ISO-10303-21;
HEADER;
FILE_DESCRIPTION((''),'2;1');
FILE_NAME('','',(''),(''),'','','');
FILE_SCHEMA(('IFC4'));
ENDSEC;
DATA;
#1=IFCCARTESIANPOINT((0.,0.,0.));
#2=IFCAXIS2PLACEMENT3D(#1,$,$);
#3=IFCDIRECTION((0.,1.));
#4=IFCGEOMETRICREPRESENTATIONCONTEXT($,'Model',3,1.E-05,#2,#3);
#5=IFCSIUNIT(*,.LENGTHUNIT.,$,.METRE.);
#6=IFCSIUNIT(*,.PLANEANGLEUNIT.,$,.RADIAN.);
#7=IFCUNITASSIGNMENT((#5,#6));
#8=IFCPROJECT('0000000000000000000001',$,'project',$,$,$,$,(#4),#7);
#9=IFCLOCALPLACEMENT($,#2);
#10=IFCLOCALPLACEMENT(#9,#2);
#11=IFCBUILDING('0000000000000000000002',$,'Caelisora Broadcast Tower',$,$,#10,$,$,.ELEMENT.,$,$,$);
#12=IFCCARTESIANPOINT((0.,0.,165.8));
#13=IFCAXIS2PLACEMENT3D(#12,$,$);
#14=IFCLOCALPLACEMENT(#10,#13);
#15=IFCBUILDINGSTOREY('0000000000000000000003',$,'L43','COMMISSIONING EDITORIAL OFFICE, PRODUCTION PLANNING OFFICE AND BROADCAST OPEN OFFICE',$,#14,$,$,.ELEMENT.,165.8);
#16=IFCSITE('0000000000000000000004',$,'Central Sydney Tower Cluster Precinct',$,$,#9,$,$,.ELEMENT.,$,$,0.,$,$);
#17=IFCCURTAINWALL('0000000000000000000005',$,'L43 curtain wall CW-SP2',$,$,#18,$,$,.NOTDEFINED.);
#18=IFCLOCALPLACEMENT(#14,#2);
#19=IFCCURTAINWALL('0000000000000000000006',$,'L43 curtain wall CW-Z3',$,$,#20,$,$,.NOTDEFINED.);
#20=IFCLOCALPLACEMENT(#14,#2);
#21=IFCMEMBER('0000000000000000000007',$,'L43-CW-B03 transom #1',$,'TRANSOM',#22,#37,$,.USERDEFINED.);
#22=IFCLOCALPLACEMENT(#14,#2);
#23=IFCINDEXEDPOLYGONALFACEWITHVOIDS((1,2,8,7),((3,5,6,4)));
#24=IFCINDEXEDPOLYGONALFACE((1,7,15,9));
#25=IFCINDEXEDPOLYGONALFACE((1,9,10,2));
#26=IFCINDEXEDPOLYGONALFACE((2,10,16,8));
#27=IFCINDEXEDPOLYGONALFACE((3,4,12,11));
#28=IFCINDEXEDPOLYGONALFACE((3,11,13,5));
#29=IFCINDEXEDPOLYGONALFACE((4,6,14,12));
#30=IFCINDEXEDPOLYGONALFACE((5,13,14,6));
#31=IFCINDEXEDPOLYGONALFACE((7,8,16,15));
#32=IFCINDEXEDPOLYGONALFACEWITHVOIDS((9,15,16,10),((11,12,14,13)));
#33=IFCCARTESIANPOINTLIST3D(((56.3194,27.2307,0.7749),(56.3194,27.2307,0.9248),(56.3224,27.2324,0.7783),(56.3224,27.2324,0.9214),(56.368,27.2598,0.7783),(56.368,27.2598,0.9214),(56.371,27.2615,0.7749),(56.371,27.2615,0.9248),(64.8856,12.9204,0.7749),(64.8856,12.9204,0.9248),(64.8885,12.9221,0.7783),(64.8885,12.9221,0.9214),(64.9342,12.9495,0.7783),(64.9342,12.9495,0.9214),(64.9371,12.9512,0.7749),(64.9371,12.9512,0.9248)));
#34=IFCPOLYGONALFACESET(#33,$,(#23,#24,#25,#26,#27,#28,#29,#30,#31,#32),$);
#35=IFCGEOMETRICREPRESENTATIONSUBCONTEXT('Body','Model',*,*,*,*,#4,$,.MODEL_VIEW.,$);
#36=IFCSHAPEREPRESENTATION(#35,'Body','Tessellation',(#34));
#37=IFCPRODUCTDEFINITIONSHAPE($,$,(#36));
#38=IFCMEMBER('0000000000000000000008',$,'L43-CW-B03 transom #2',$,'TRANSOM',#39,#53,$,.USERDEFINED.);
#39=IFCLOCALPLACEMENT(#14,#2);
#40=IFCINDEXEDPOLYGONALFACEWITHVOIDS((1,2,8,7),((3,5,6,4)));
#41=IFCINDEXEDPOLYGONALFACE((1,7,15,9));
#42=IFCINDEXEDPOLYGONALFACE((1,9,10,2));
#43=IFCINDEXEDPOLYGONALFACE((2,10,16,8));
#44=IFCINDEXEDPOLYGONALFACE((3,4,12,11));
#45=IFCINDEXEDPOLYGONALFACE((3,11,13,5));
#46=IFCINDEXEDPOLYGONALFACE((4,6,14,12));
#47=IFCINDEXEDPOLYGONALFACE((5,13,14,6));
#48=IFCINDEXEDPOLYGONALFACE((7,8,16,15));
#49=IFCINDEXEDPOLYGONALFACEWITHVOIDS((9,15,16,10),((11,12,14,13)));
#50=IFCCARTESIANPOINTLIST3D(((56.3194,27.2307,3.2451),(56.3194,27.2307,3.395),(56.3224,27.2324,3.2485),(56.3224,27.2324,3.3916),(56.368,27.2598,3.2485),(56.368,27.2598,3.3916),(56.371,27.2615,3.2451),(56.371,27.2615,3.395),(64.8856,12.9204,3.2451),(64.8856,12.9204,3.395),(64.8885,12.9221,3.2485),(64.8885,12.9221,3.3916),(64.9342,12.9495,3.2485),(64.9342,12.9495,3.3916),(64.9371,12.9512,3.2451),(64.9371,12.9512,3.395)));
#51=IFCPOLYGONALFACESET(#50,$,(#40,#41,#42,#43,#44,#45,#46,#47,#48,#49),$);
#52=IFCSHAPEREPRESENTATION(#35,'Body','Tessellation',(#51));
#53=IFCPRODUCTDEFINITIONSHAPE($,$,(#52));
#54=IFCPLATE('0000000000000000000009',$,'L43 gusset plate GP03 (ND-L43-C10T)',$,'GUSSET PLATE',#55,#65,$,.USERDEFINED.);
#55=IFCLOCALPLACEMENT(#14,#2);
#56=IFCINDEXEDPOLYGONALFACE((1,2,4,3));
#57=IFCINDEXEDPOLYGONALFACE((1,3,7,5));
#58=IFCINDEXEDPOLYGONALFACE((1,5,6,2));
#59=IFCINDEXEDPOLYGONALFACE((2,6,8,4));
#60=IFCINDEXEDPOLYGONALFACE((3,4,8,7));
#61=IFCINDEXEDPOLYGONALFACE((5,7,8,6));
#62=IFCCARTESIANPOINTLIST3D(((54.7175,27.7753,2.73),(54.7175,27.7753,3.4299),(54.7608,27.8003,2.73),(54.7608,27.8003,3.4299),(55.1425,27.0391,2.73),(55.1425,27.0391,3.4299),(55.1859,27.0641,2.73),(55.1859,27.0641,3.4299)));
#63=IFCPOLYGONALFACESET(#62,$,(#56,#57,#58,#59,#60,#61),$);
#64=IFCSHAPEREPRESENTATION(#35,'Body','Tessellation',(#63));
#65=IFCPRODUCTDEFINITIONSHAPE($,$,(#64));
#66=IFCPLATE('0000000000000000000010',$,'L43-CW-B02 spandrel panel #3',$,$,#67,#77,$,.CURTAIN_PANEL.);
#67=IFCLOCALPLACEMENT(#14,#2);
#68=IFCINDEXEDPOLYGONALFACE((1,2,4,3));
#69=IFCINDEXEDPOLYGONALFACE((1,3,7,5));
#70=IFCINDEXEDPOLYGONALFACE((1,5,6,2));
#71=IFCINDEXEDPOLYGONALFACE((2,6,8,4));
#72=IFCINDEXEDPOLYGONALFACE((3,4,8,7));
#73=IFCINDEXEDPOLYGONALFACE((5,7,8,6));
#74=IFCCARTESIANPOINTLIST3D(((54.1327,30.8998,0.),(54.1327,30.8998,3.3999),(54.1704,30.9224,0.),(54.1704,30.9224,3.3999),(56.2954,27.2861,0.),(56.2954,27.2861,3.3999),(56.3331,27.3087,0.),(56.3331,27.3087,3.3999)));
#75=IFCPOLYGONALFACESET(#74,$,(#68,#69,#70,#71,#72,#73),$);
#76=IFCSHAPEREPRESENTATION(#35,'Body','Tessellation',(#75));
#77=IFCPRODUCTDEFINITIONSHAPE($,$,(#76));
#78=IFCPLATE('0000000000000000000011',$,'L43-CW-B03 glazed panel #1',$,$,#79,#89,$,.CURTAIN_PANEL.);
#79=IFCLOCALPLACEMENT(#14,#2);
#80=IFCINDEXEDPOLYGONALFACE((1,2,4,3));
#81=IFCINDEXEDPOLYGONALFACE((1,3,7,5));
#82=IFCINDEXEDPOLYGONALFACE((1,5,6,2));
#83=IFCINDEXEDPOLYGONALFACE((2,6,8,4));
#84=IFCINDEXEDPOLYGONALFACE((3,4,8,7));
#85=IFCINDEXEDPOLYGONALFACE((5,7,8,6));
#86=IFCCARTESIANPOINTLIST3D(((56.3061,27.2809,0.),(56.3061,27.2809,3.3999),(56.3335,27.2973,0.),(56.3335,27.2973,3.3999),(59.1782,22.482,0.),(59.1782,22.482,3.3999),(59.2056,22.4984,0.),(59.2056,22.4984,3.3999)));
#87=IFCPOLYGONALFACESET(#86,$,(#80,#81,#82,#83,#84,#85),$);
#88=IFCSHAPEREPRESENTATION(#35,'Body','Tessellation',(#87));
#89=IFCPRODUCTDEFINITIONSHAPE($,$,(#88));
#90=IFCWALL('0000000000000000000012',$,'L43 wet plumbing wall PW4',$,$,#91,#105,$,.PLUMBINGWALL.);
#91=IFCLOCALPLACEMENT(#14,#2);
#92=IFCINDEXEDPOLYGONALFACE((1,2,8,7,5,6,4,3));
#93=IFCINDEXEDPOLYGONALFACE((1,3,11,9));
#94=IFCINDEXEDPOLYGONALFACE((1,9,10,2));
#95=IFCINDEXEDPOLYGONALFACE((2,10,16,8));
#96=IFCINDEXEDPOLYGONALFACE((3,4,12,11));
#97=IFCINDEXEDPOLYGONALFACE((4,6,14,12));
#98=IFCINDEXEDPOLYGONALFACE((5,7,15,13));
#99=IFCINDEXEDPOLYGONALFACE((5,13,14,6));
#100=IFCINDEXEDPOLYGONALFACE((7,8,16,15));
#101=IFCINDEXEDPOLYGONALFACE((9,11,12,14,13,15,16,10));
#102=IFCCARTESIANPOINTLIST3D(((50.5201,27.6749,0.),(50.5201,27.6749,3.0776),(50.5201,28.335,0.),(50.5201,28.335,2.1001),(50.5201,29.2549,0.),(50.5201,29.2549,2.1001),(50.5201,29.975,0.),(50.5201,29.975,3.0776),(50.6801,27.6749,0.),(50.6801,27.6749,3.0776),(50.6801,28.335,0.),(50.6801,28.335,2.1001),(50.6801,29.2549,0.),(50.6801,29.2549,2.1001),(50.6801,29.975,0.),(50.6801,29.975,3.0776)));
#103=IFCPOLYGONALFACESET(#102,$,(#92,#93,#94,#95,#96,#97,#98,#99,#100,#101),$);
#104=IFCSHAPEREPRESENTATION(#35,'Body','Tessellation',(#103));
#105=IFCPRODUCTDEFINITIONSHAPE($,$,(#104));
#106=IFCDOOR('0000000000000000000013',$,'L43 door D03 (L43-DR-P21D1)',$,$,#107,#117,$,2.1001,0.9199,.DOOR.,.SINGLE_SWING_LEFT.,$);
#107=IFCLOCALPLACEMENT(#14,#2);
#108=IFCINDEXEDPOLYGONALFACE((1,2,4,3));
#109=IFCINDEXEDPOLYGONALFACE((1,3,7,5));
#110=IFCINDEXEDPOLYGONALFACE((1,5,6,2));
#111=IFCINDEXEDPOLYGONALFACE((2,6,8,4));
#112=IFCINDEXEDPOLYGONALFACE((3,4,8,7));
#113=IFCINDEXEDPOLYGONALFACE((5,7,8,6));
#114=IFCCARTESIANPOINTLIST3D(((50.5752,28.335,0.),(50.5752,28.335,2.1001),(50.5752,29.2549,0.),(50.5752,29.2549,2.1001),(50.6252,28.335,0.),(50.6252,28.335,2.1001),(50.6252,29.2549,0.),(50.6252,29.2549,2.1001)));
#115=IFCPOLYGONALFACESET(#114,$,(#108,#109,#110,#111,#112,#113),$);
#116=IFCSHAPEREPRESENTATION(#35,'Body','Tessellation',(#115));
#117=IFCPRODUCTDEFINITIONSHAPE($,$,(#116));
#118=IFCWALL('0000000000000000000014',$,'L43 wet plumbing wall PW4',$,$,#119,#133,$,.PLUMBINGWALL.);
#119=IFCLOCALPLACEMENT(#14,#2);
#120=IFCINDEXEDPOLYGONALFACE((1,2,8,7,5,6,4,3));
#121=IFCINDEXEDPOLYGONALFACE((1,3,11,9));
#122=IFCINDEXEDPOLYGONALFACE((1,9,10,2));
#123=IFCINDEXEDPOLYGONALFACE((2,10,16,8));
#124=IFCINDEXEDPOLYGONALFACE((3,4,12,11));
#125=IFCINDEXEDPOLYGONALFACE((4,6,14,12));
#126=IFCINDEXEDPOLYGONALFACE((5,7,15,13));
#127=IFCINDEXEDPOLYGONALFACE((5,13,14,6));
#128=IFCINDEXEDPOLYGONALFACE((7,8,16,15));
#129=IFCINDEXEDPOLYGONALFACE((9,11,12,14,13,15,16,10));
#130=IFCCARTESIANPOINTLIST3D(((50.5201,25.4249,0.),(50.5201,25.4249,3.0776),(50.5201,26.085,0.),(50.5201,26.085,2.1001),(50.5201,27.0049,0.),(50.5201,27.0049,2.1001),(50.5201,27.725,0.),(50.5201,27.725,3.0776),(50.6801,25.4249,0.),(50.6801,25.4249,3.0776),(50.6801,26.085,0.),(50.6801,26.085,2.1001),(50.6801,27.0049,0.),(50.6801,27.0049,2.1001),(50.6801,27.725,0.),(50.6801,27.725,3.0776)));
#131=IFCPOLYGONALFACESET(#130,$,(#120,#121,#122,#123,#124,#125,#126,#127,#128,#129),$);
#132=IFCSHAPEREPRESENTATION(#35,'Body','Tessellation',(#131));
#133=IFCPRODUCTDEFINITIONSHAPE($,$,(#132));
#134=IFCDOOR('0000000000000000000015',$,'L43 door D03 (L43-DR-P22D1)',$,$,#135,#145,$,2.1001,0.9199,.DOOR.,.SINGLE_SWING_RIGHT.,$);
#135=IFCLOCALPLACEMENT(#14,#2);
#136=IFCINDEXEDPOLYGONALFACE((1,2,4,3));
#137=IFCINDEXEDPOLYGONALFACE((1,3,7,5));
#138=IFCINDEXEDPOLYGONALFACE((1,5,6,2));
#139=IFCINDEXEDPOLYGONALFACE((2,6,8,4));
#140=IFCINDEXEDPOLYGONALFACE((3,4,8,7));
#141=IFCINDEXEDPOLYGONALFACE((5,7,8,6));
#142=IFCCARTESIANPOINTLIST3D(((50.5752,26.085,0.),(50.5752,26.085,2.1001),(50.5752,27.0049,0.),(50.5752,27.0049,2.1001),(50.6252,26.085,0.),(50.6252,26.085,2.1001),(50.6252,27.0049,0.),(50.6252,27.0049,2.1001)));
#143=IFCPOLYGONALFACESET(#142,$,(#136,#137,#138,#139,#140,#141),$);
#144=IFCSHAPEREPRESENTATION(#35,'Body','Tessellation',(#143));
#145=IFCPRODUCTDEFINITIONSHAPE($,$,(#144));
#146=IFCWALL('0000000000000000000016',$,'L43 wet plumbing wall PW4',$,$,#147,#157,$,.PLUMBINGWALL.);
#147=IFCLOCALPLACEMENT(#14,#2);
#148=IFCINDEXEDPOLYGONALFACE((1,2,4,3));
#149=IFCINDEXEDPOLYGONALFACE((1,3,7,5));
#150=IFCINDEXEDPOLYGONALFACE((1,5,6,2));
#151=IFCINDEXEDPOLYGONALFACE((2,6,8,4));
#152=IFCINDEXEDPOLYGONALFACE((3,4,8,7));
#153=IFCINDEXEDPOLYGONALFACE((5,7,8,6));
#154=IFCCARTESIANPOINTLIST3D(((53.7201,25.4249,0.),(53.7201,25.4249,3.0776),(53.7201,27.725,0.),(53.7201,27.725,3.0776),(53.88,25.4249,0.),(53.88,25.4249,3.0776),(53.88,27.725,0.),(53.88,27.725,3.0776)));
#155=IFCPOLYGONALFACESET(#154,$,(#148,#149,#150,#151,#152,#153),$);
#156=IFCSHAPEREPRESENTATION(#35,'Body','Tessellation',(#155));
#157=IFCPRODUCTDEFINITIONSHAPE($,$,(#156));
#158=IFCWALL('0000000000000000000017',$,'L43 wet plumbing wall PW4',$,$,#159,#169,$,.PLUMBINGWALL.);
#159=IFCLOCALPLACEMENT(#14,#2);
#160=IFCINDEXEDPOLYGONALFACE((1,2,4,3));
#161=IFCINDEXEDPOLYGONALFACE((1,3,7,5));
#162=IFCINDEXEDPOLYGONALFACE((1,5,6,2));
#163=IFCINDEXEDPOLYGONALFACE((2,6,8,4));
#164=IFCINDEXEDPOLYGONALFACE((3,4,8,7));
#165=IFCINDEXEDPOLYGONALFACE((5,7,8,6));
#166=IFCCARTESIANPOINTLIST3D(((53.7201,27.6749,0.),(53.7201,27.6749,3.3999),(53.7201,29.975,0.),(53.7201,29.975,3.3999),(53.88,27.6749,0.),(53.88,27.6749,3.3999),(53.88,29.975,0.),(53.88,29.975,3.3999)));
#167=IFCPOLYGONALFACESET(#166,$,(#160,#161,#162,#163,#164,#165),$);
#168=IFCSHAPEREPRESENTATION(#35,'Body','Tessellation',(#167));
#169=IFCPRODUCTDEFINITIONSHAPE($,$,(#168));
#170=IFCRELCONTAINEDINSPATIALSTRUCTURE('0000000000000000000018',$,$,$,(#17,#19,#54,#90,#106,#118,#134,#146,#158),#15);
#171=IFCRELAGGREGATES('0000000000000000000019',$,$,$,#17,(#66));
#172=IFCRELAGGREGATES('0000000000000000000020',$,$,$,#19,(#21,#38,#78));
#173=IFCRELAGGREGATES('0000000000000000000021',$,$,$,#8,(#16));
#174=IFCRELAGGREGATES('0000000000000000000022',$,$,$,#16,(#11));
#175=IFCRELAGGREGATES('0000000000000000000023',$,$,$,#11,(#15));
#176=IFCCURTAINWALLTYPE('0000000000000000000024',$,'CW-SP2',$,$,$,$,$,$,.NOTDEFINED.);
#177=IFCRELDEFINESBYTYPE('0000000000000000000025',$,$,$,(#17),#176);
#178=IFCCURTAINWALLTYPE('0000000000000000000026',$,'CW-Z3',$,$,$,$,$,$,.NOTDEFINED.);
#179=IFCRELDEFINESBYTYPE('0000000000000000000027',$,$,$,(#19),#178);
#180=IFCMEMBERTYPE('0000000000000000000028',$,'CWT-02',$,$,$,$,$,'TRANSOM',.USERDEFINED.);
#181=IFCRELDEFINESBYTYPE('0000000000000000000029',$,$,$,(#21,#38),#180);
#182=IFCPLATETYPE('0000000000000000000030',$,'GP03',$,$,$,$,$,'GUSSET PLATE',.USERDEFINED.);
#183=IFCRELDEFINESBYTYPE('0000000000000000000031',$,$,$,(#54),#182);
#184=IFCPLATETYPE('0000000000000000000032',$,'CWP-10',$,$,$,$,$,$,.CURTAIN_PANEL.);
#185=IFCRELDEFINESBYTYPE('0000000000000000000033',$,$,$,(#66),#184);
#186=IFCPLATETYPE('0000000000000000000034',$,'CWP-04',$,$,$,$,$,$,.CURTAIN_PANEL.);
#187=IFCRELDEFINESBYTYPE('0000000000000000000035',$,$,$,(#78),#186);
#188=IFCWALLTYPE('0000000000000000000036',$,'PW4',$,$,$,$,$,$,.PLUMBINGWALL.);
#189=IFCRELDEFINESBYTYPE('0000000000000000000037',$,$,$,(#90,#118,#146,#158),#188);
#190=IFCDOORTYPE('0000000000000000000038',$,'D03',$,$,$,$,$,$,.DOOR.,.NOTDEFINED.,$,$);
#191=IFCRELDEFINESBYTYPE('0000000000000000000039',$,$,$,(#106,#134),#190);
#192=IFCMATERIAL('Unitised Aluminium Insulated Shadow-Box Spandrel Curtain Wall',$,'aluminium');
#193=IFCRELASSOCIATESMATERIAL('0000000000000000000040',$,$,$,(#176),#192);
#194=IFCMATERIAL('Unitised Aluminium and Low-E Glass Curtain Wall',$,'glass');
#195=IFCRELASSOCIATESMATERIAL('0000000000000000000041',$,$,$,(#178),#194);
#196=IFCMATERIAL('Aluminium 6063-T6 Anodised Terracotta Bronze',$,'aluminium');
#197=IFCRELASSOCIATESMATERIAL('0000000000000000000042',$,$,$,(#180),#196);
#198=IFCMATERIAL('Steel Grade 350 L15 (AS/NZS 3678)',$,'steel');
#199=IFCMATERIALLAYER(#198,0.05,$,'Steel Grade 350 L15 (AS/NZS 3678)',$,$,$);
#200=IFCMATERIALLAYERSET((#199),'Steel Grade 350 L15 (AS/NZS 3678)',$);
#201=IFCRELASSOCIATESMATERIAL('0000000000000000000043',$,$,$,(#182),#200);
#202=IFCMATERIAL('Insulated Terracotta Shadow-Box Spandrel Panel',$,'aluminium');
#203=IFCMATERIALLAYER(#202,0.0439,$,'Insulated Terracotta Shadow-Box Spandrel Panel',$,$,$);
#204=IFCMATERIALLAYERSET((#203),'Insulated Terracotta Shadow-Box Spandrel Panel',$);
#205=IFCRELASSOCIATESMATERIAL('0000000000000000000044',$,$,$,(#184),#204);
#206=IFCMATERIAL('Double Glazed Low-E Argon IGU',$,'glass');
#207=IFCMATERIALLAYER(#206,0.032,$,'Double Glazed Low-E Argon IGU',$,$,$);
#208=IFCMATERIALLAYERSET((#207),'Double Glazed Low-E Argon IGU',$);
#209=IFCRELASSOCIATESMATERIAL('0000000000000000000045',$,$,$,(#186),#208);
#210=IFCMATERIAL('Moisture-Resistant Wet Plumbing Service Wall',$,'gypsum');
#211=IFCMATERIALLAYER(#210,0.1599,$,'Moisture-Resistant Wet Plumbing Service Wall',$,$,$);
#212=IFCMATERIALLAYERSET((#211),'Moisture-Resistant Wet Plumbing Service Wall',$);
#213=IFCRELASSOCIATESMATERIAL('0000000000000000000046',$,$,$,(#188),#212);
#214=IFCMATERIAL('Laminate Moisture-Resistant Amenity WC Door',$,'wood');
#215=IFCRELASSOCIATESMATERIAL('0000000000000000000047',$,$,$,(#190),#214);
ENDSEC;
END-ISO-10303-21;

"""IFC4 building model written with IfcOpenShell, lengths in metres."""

from ifc_helpers import new_model, si_unit, direction, frame, frame_2d, origin, origin_2d, place, context, subcontext, project, spatial, rectangle, hollow_rectangle, extrude, source, transform, mapped, material, layer, layer_set, material_profile, profile_set, type_object, type_shapes, element, fill, aggregate, save


model = new_model("IFC4")

# Units and contexts
model_context = context("Model", 3, precision=1e-05, world=origin(), true_north=direction((0.0, 1.0)))
body_context = subcontext(model_context, "Body", "Model", "MODEL_VIEW")
ifc_project = project(units=[si_unit("LENGTHUNIT", "METRE"), si_unit("PLANEANGLEUNIT", "RADIAN")], contexts=[model_context])

# Site, building, storey
site_placement = place(None, origin())
site = spatial("IfcSite", under=ifc_project, at=site_placement, Name="Central Sydney Tower Cluster Precinct", CompositionType="ELEMENT", RefElevation=0.0)
building_placement = place(site_placement, origin())
building = spatial("IfcBuilding", under=site, at=building_placement, Name="Caelisora Broadcast Tower", CompositionType="ELEMENT")
storey_placement = place(building_placement, frame((0.0, 0.0, 165.8)))
storey = spatial("IfcBuildingStorey", under=building, at=storey_placement, Name="L43", Description="COMMISSIONING EDITORIAL OFFICE, PRODUCTION PLANNING OFFICE AND BROADCAST OPEN OFFICE", CompositionType="ELEMENT", Elevation=165.8)

# Shared definitions
ifc_material_1 = material(Name="Steel Grade 350 L15 (AS/NZS 3678)", Category="steel")

# Curtain wall
ifc_material_2 = material(Name="Unitised Aluminium Insulated Shadow-Box Spandrel Curtain Wall", Category="aluminium")
curtain_wall_type_1 = type_object("IfcCurtainWallType", Name="CW-SP2", PredefinedType="NOTDEFINED", material=ifc_material_2)
curtain_wall_1_placement = place(storey_placement, origin())
curtain_wall_1 = element("IfcCurtainWall", 1, at=curtain_wall_1_placement, inside=storey, type_object=curtain_wall_type_1, Name="L43 curtain wall CW-SP2", PredefinedType="NOTDEFINED")
ifc_material_3 = material(Name="Aluminium 6063-T6 Anodised Terracotta Bronze", Category="aluminium")

# Curtain wall, members
ifc_material_4 = material(Name="Unitised Aluminium and Low-E Glass Curtain Wall", Category="glass")
curtain_wall_type_2 = type_object("IfcCurtainWallType", Name="CW-Z3", PredefinedType="NOTDEFINED", material=ifc_material_4)
curtain_wall_2_placement = place(storey_placement, origin())
curtain_wall_2 = element("IfcCurtainWall", 2, at=curtain_wall_2_placement, inside=storey, type_object=curtain_wall_type_2, Name="L43 curtain wall CW-Z3", PredefinedType="NOTDEFINED")
ifc_material_profile_1 = material_profile(ifc_material_3, hollow_rectangle(XDim=0.0601, YDim=0.1499, WallThickness=0.0034, at=origin_2d()), Name="Aluminium 6063-T6 Anodised Terracotta Bronze")
ifc_profile_set_1 = profile_set([ifc_material_profile_1], Name="Aluminium 6063-T6 Anodised Terracotta Bronze")
member_type_1 = type_object("IfcMemberType", Name="CWT-02", ElementType="TRANSOM", PredefinedType="USERDEFINED", material=ifc_profile_set_1)
shared_shape_1 = source(origin(), body_context, "Body", "SweptSolid", [
    extrude(hollow_rectangle(XDim=0.0601, YDim=0.1499, WallThickness=0.0034, at=origin_2d()), origin(), (0.0, 0.0, 1.0), 16.6782),
])
type_shapes(member_type_1, [shared_shape_1])
member_1_placement = place(storey_placement, frame((56.3452, 27.2461, 0.8499), z_axis=(0.513613, -0.858022, 0.0), x_axis=(0.858022, 0.513613, 0.0)))
member_1 = element("IfcMember", 3, at=member_1_placement, type_object=member_type_1, Name="L43-CW-B03 transom #1", ObjectType="TRANSOM", PredefinedType="USERDEFINED", context=body_context, shape_type="MappedRepresentation", body=[
    mapped(shared_shape_1, transform((0.0, 0.0, 0.0), scale=1.0)),
])
member_2_placement = place(storey_placement, frame((56.3452, 27.2461, 3.3201), z_axis=(0.513613, -0.858022, 0.0), x_axis=(0.858022, 0.513613, 0.0)))
member_2 = element("IfcMember", 4, at=member_2_placement, type_object=member_type_1, Name="L43-CW-B03 transom #2", ObjectType="TRANSOM", PredefinedType="USERDEFINED", context=body_context, shape_type="MappedRepresentation", body=[
    mapped(shared_shape_1, transform((0.0, 0.0, 0.0), scale=1.0)),
])

# Plates
ifc_layer_1 = layer(ifc_material_1, 0.05, Name="Steel Grade 350 L15 (AS/NZS 3678)")
ifc_layer_set_1 = layer_set([ifc_layer_1], Name="Steel Grade 350 L15 (AS/NZS 3678)")
plate_type_1 = type_object("IfcPlateType", Name="GP03", ElementType="GUSSET PLATE", PredefinedType="USERDEFINED", material=ifc_layer_set_1)
shared_shape_2 = source(origin(), body_context, "Body", "SweptSolid", [
    extrude(rectangle(XDim=0.8501, YDim=0.05, at=origin_2d()), origin(), (0.0, 0.0, 1.0), 0.7),
])
type_shapes(plate_type_1, [shared_shape_2])
plate_1_placement = place(storey_placement, frame((54.9517, 27.4197, 2.73), z_axis=(0.0, 0.0, 1.0), x_axis=(-0.5, 0.866025, 0.0)))
element("IfcPlate", 5, at=plate_1_placement, inside=storey, type_object=plate_type_1, Name="L43 gusset plate GP03 (ND-L43-C10T)", ObjectType="GUSSET PLATE", PredefinedType="USERDEFINED", context=body_context, shape_type="MappedRepresentation", body=[
    mapped(shared_shape_2, transform((0.0, 0.0, 0.0), scale=1.0)),
])
ifc_material_5 = material(Name="Insulated Terracotta Shadow-Box Spandrel Panel", Category="aluminium")
ifc_layer_2 = layer(ifc_material_5, 0.0439, Name="Insulated Terracotta Shadow-Box Spandrel Panel")
ifc_layer_set_2 = layer_set([ifc_layer_2], Name="Insulated Terracotta Shadow-Box Spandrel Panel")
plate_type_2 = type_object("IfcPlateType", Name="CWP-10", PredefinedType="CURTAIN_PANEL", material=ifc_layer_set_2)
shared_shape_3 = source(origin(), body_context, "Body", "SweptSolid", [
    extrude(rectangle(XDim=4.2114, YDim=0.0439, at=origin_2d()), origin(), (0.0, 0.0, 1.0), 3.3999),
])
type_shapes(plate_type_2, [shared_shape_3])
plate_2_placement = place(storey_placement, frame((55.2329, 29.1042, 0.0), z_axis=(0.0, 0.0, 1.0), x_axis=(0.513541, -0.858065, 0.0)))
plate_2 = element("IfcPlate", 6, at=plate_2_placement, type_object=plate_type_2, Name="L43-CW-B02 spandrel panel #3", PredefinedType="CURTAIN_PANEL", context=body_context, shape_type="MappedRepresentation", body=[
    mapped(shared_shape_3, transform((0.0, 0.0, 0.0), scale=1.0)),
])
aggregate(curtain_wall_1, [plate_2])
ifc_material_6 = material(Name="Double Glazed Low-E Argon IGU", Category="glass")
ifc_layer_3 = layer(ifc_material_6, 0.032, Name="Double Glazed Low-E Argon IGU")
ifc_layer_set_3 = layer_set([ifc_layer_3], Name="Double Glazed Low-E Argon IGU")
plate_type_3 = type_object("IfcPlateType", Name="CWP-04", PredefinedType="CURTAIN_PANEL", material=ifc_layer_set_3)
shared_shape_4 = source(origin(), body_context, "Body", "SweptSolid", [
    extrude(rectangle(XDim=5.5928, YDim=0.032, at=origin_2d()), origin(), (0.0, 0.0, 1.0), 3.3999),
])
type_shapes(plate_type_3, [shared_shape_4])
plate_3_placement = place(storey_placement, frame((57.7559, 24.8896, 0.0), z_axis=(0.0, 0.0, 1.0), x_axis=(0.513541, -0.858065, 0.0)))
plate_3 = element("IfcPlate", 7, at=plate_3_placement, type_object=plate_type_3, Name="L43-CW-B03 glazed panel #1", PredefinedType="CURTAIN_PANEL", context=body_context, shape_type="MappedRepresentation", body=[
    mapped(shared_shape_4, transform((0.0, 0.0, 0.0), scale=1.0)),
])
aggregate(curtain_wall_2, [member_1, member_2, plate_3])

# Walls, openings, doors
ifc_material_7 = material(Name="Moisture-Resistant Wet Plumbing Service Wall", Category="gypsum")
ifc_layer_4 = layer(ifc_material_7, 0.1599, Name="Moisture-Resistant Wet Plumbing Service Wall")
ifc_layer_set_4 = layer_set([ifc_layer_4], Name="Moisture-Resistant Wet Plumbing Service Wall")
wall_type = type_object("IfcWallType", Name="PW4", PredefinedType="PLUMBINGWALL", material=ifc_layer_set_4)
wall_1_placement = place(storey_placement, frame((50.6001, 27.675, 0.0), z_axis=(0.0, 0.0, 1.0), x_axis=(0.0, 1.0, 0.0)))
wall_1 = element("IfcWall", 8, at=wall_1_placement, inside=storey, type_object=wall_type, Name="L43 wet plumbing wall PW4", PredefinedType="PLUMBINGWALL", context=body_context, shape_type="SweptSolid", body=[
    extrude(rectangle(XDim=2.3, YDim=0.1599, at=frame_2d((1.1499, 0.0))), origin(), (0.0, 0.0, 1.0), 3.0776),
])
opening_1_placement = place(wall_1_placement, frame((0.6599, 0.0, 0.0)))
opening_1 = element("IfcOpeningElement", 9, at=opening_1_placement, cuts=wall_1, PredefinedType="OPENING", context=body_context, shape_type="SweptSolid", body=[
    extrude(rectangle(XDim=0.9199, YDim=2.1001, at=frame_2d((0.46, 1.05))), frame((0.0, 0.092, 0.0), z_axis=(0.0, -1.0, 0.0), x_axis=(1.0, 0.0, 0.0)), (0.0, 0.0, 1.0), 0.1838),
])
ifc_material_8 = material(Name="Laminate Moisture-Resistant Amenity WC Door", Category="wood")
door_type = type_object("IfcDoorType", Name="D03", OperationType="NOTDEFINED", PredefinedType="DOOR", material=ifc_material_8)
door_1_placement = place(opening_1_placement, origin())
door_1 = element("IfcDoor", 10, at=door_1_placement, inside=storey, type_object=door_type, Name="L43 door D03 (L43-DR-P21D1)", OperationType="SINGLE_SWING_LEFT", OverallHeight=2.1001, OverallWidth=0.9199, PredefinedType="DOOR", context=body_context, shape_type="SweptSolid", body=[
    extrude(rectangle(XDim=0.9199, YDim=2.1001, at=frame_2d((0.46, 1.05))), frame((0.0, 0.0249, 0.0), z_axis=(0.0, -1.0, 0.0), x_axis=(1.0, 0.0, 0.0)), (0.0, 0.0, 1.0), 0.05),
])
fill(opening_1, door_1)
wall_2_placement = place(storey_placement, frame((50.6001, 25.425, 0.0), z_axis=(0.0, 0.0, 1.0), x_axis=(0.0, 1.0, 0.0)))
wall_2 = element("IfcWall", 11, at=wall_2_placement, inside=storey, type_object=wall_type, Name="L43 wet plumbing wall PW4", PredefinedType="PLUMBINGWALL", context=body_context, shape_type="SweptSolid", body=[
    extrude(rectangle(XDim=2.3, YDim=0.1599, at=frame_2d((1.1499, 0.0))), origin(), (0.0, 0.0, 1.0), 3.0776),
])
opening_2_placement = place(wall_2_placement, frame((0.6599, 0.0, 0.0)))
opening_2 = element("IfcOpeningElement", 12, at=opening_2_placement, cuts=wall_2, PredefinedType="OPENING", context=body_context, shape_type="SweptSolid", body=[
    extrude(rectangle(XDim=0.9199, YDim=2.1001, at=frame_2d((0.46, 1.05))), frame((0.0, 0.092, 0.0), z_axis=(0.0, -1.0, 0.0), x_axis=(1.0, 0.0, 0.0)), (0.0, 0.0, 1.0), 0.1838),
])
door_2_placement = place(opening_2_placement, origin())
door_2 = element("IfcDoor", 13, at=door_2_placement, inside=storey, type_object=door_type, Name="L43 door D03 (L43-DR-P22D1)", OperationType="SINGLE_SWING_RIGHT", OverallHeight=2.1001, OverallWidth=0.9199, PredefinedType="DOOR", context=body_context, shape_type="SweptSolid", body=[
    extrude(rectangle(XDim=0.9199, YDim=2.1001, at=frame_2d((0.46, 1.05))), frame((0.0, 0.0249, 0.0), z_axis=(0.0, -1.0, 0.0), x_axis=(1.0, 0.0, 0.0)), (0.0, 0.0, 1.0), 0.05),
])
fill(opening_2, door_2)

# Walls
wall_3_placement = place(storey_placement, frame((53.8, 25.425, 0.0), z_axis=(0.0, 0.0, 1.0), x_axis=(0.0, 1.0, 0.0)))
element("IfcWall", 14, at=wall_3_placement, inside=storey, type_object=wall_type, Name="L43 wet plumbing wall PW4", PredefinedType="PLUMBINGWALL", context=body_context, shape_type="SweptSolid", body=[
    extrude(rectangle(XDim=2.3, YDim=0.1599, at=frame_2d((1.1499, 0.0))), origin(), (0.0, 0.0, 1.0), 3.0776),
])
wall_4_placement = place(storey_placement, frame((53.8, 27.675, 0.0), z_axis=(0.0, 0.0, 1.0), x_axis=(0.0, 1.0, 0.0)))
element("IfcWall", 15, at=wall_4_placement, inside=storey, type_object=wall_type, Name="L43 wet plumbing wall PW4", PredefinedType="PLUMBINGWALL", context=body_context, shape_type="SweptSolid", body=[
    extrude(rectangle(XDim=2.3, YDim=0.1599, at=frame_2d((1.1499, 0.0))), origin(), (0.0, 0.0, 1.0), 3.3999),
])

save(model, "model.ifc")
